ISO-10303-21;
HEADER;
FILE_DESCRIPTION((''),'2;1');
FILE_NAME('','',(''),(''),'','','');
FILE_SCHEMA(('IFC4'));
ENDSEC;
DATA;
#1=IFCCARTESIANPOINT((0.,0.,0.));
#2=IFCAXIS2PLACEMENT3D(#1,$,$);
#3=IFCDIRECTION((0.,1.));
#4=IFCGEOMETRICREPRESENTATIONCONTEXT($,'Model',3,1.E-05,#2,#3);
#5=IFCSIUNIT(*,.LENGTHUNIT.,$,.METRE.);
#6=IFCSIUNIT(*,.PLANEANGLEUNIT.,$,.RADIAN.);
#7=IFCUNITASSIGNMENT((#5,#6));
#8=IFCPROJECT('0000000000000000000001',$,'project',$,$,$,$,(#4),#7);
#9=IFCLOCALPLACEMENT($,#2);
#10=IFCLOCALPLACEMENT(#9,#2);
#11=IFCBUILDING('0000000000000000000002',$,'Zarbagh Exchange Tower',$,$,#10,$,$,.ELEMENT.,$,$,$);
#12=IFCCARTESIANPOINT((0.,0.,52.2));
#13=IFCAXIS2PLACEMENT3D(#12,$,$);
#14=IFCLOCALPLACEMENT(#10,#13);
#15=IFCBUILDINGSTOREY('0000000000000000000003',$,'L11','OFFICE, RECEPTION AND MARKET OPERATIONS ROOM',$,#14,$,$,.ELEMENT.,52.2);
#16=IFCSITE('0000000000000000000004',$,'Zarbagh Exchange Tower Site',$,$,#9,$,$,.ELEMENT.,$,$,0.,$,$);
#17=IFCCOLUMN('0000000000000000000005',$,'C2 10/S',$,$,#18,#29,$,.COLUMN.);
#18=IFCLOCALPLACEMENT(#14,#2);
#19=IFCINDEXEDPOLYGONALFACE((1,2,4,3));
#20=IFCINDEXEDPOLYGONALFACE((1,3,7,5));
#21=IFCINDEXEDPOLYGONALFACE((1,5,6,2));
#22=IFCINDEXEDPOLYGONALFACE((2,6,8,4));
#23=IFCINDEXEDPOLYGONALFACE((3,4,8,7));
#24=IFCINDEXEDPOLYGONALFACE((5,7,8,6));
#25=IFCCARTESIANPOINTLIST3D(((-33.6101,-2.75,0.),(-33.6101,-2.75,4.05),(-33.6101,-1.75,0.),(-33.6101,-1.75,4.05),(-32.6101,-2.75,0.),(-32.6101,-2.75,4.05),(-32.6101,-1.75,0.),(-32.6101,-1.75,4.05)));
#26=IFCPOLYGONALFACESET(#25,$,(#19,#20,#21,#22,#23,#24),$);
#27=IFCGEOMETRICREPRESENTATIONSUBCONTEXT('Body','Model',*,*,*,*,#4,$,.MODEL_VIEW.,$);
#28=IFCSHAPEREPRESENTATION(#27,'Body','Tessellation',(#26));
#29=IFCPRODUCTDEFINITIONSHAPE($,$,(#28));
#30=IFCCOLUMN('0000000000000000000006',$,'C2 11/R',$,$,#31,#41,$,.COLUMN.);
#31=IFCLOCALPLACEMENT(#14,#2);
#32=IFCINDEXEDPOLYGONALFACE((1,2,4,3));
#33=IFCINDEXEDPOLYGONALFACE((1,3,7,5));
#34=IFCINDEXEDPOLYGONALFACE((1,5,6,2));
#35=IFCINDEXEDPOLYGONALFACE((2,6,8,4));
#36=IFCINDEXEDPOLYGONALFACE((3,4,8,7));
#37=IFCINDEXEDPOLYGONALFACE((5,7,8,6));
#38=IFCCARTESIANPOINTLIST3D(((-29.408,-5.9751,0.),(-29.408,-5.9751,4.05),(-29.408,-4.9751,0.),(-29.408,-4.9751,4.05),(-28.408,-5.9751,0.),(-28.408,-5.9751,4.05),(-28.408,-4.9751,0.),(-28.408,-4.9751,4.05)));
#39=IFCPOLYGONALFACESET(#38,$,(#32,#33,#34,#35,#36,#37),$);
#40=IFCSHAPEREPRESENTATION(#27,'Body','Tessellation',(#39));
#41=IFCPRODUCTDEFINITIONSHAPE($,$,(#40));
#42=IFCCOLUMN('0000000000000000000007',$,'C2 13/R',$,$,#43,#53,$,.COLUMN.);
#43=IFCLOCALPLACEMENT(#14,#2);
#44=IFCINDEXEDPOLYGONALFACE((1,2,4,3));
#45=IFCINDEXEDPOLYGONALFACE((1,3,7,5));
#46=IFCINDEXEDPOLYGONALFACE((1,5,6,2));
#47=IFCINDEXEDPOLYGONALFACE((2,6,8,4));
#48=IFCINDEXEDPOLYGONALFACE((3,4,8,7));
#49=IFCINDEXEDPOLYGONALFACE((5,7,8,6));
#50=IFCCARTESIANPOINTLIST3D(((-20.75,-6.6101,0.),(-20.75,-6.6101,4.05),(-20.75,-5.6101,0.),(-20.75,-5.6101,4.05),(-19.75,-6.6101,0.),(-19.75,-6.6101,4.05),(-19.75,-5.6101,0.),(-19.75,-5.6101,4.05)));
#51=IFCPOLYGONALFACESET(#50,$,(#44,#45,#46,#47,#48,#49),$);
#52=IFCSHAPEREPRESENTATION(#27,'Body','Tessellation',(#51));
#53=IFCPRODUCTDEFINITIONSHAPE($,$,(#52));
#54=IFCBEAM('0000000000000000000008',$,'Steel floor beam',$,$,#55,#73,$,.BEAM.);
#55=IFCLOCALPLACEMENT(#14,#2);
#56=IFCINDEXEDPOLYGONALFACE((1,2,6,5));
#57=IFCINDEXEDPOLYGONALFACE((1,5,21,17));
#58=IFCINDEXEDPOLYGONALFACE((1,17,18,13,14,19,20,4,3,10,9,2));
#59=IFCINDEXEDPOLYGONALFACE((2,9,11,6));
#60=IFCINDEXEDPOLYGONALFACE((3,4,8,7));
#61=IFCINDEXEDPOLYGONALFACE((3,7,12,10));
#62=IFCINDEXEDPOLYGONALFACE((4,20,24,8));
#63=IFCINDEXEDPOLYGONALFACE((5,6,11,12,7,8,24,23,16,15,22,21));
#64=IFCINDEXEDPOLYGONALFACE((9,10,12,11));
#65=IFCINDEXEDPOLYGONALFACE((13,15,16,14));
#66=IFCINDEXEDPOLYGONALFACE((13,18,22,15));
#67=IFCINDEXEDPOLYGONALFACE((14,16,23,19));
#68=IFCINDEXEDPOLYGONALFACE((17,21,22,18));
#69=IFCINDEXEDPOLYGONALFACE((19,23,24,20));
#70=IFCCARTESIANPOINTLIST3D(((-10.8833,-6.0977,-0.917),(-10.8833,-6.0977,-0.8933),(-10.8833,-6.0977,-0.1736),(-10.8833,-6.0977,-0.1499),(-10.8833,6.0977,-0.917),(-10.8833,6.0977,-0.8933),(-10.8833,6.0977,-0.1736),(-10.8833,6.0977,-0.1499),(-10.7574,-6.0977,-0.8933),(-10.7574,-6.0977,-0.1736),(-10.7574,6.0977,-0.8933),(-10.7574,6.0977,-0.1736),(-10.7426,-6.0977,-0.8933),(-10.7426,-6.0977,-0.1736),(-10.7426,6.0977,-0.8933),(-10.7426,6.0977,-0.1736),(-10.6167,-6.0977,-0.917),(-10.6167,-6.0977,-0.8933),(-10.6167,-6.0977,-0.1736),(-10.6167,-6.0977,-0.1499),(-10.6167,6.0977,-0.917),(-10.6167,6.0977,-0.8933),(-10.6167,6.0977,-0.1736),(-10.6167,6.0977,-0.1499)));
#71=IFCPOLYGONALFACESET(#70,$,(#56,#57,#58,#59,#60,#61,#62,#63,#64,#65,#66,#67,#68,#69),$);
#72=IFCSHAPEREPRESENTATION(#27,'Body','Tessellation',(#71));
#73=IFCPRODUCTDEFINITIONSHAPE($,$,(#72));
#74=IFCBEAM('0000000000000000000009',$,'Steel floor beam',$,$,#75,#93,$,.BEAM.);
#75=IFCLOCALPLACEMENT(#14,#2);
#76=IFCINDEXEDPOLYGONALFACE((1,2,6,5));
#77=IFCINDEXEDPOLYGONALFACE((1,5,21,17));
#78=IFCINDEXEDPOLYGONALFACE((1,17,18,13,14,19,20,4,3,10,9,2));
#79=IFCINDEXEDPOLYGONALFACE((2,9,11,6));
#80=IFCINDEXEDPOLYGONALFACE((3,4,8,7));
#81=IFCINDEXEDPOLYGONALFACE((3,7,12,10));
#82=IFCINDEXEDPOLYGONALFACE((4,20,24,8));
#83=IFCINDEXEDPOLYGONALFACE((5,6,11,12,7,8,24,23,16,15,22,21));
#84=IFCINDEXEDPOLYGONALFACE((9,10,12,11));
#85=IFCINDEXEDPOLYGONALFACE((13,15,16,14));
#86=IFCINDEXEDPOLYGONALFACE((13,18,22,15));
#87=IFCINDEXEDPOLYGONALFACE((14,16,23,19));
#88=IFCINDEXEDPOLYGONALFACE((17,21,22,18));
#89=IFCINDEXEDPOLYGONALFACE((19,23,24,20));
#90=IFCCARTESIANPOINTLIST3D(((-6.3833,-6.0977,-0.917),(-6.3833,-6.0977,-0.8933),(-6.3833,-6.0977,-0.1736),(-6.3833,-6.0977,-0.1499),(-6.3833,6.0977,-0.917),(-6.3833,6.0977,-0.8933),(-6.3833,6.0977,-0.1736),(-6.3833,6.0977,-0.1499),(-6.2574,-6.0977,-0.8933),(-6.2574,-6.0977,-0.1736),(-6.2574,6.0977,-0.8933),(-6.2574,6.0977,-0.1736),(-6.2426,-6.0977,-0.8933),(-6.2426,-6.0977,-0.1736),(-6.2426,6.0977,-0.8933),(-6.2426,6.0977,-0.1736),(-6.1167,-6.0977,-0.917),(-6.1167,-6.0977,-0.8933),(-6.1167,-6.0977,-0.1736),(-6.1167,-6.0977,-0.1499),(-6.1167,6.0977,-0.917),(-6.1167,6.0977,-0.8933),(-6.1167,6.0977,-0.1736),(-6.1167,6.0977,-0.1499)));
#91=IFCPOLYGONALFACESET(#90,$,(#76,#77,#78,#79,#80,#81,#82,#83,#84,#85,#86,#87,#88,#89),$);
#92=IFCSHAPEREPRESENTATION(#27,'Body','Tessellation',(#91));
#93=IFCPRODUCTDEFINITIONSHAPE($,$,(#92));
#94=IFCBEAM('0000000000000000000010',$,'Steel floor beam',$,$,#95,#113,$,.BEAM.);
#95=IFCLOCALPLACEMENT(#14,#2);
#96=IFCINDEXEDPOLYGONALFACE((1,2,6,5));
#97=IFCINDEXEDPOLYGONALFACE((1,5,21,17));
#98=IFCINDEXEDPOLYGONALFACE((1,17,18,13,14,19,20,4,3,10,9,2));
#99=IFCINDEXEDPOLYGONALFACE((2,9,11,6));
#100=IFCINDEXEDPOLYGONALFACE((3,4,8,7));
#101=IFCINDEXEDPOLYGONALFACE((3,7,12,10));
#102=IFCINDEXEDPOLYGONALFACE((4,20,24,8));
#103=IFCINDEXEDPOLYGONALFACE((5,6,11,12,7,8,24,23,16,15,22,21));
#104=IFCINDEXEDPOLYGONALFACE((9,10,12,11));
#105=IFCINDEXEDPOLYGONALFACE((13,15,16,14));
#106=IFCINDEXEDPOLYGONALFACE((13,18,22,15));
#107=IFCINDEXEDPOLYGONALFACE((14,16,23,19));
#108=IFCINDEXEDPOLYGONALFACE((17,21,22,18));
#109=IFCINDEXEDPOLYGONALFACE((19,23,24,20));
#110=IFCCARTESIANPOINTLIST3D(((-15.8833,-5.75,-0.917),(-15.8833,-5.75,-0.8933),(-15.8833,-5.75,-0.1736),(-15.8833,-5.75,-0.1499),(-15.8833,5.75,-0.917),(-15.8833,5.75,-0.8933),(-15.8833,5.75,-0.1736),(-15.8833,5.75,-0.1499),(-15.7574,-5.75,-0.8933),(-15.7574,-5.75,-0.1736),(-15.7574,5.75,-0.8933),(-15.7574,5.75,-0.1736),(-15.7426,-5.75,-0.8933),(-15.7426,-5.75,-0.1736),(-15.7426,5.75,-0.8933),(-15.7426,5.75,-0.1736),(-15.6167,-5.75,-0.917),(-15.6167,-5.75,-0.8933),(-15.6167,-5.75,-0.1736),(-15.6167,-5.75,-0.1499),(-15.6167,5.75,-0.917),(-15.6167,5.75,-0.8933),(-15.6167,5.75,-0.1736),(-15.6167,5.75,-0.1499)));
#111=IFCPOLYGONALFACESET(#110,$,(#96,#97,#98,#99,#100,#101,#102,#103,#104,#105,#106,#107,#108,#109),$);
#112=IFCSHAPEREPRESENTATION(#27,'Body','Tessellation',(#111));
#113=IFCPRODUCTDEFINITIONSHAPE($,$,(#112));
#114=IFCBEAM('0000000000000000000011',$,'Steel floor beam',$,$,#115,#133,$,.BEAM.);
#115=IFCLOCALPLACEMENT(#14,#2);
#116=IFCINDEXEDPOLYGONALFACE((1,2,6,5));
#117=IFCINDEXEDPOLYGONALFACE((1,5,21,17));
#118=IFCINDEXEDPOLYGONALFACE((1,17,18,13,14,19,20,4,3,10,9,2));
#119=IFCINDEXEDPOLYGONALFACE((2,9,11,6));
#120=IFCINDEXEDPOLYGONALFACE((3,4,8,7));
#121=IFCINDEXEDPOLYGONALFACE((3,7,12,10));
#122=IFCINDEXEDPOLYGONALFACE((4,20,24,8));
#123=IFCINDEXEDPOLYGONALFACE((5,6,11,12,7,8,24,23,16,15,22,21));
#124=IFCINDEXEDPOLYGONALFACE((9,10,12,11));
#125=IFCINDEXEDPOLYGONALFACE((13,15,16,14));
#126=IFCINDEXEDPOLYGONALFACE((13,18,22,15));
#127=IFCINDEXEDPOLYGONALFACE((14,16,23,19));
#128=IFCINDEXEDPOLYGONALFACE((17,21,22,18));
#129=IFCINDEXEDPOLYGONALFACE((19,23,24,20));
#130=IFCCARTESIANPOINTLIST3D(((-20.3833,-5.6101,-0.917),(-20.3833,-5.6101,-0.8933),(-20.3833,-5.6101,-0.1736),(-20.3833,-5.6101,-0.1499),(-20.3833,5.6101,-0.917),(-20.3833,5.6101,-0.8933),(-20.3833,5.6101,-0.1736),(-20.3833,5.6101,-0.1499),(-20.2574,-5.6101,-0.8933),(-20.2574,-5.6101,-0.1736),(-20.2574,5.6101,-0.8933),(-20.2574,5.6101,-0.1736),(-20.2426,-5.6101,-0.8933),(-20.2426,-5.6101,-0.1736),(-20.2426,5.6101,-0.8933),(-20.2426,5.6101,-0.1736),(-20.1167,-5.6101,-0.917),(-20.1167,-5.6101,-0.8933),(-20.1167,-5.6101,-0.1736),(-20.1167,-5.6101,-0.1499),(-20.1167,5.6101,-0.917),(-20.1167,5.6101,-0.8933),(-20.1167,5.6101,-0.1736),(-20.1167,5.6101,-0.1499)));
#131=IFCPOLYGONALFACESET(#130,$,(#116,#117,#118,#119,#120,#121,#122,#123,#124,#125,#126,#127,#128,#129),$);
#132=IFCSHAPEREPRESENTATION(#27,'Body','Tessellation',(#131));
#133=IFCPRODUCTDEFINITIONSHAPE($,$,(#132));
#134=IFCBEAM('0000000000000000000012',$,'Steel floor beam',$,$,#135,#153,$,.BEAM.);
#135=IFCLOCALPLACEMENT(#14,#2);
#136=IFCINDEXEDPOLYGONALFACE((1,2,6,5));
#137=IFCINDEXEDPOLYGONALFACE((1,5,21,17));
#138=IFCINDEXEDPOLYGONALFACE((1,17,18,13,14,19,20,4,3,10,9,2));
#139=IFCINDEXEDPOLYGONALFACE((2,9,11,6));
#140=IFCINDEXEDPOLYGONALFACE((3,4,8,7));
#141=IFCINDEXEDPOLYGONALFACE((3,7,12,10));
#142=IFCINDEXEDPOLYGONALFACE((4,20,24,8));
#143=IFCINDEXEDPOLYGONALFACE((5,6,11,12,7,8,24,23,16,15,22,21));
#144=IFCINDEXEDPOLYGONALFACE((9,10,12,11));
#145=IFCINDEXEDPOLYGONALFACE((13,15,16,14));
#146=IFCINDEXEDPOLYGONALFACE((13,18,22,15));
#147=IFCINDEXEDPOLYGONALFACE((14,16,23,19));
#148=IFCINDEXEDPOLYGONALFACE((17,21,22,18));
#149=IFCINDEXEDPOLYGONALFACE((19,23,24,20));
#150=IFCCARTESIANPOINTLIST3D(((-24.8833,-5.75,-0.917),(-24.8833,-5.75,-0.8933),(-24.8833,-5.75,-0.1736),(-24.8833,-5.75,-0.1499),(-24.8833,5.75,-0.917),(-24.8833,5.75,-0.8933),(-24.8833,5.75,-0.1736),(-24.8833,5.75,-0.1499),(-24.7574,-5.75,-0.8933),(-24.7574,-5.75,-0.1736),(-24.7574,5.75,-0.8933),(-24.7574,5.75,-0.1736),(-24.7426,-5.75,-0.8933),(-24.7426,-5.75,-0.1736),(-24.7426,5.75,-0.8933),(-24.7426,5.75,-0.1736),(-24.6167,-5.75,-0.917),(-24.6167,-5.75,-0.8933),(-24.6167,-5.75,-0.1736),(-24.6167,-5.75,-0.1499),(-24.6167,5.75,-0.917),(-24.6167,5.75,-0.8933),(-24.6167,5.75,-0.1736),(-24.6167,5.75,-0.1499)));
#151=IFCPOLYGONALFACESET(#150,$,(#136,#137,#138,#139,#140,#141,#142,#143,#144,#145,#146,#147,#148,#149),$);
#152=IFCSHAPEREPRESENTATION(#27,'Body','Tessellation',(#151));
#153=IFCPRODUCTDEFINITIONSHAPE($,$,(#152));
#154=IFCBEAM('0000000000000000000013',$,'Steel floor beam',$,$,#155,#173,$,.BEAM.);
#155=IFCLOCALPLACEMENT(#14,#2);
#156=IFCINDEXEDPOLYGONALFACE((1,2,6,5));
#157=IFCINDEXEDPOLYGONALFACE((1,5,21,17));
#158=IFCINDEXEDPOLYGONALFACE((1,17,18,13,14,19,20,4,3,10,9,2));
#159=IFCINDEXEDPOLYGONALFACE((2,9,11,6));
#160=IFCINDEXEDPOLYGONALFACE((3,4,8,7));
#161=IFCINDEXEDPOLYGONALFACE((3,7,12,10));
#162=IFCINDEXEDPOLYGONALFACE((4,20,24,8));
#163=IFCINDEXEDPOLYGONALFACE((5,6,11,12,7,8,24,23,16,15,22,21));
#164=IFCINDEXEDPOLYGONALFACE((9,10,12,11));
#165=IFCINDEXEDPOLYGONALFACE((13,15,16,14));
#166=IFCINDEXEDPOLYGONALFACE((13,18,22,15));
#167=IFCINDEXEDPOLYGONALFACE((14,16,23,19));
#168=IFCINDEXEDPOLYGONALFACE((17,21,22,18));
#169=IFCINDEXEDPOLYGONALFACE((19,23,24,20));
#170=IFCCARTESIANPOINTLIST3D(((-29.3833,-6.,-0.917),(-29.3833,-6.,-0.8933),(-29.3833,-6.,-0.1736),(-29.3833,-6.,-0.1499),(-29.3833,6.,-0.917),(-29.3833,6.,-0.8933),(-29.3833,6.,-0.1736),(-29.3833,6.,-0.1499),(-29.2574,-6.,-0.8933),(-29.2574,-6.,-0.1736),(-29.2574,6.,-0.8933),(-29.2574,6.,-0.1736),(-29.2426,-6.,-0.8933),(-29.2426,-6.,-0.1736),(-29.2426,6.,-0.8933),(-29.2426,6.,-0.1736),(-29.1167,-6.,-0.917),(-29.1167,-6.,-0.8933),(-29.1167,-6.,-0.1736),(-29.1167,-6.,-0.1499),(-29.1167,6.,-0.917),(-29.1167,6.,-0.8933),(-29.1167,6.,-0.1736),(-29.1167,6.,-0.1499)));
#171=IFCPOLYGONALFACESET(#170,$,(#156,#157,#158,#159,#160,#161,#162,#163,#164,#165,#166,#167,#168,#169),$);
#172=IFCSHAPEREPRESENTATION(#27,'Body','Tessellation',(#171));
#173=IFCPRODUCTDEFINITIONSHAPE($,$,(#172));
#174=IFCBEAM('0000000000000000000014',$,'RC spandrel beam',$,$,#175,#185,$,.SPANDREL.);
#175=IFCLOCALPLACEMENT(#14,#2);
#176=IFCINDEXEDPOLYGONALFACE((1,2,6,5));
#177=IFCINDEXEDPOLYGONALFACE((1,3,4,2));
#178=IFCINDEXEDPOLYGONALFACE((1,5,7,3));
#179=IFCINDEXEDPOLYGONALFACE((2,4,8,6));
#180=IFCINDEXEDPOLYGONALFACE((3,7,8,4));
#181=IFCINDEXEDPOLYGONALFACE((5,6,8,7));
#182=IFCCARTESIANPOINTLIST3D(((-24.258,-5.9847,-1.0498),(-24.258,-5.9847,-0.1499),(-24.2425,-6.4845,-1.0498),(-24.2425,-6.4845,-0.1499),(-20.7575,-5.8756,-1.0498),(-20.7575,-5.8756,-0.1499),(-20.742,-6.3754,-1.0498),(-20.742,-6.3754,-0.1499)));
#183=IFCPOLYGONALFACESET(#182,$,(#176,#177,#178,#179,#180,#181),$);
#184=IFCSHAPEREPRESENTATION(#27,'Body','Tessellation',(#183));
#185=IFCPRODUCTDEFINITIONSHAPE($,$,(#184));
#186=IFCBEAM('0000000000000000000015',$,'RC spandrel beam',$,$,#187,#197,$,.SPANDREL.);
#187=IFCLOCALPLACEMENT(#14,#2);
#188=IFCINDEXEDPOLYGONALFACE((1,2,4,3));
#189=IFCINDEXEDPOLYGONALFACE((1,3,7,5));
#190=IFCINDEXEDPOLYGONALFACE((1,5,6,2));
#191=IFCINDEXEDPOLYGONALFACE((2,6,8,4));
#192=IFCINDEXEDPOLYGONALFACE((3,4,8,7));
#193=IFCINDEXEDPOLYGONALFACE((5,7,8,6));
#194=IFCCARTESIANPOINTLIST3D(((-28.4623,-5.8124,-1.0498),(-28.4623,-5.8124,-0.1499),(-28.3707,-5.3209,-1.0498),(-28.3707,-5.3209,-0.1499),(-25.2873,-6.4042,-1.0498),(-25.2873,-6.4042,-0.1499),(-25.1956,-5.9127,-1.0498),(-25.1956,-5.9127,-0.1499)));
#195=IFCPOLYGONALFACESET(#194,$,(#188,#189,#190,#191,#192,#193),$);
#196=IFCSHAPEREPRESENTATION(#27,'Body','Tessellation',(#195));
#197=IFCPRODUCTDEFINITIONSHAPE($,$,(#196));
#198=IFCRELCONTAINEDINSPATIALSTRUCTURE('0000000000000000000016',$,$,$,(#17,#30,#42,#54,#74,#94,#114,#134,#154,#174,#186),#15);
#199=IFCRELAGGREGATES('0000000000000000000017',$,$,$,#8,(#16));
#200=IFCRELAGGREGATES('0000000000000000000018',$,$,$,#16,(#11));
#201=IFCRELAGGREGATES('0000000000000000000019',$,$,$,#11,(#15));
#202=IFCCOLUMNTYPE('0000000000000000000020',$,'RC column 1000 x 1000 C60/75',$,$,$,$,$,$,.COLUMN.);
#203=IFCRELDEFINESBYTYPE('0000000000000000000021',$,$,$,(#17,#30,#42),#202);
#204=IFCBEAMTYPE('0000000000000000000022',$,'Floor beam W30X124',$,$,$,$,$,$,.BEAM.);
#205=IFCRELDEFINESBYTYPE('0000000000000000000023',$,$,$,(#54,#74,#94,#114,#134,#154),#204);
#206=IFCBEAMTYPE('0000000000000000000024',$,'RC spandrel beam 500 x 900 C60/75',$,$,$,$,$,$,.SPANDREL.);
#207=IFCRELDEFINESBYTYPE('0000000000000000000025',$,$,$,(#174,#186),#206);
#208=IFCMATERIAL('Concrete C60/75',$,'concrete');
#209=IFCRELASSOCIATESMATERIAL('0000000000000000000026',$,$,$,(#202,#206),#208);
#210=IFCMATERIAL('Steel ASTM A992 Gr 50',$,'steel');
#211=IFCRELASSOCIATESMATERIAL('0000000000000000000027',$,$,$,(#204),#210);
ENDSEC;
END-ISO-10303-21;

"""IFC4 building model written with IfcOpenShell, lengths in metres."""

from ifc_helpers import new_model, si_unit, direction, frame, origin, origin_2d, place, context, subcontext, project, spatial, rectangle, i_section, extrude, material, material_profile, profile_set, type_object, element, save


model = new_model("IFC4")

# Units and contexts
model_context = context("Model", 3, precision=1e-05, world=origin(), true_north=direction((0.0, 1.0)))
body_context = subcontext(model_context, "Body", "Model", "MODEL_VIEW")
ifc_project = project(units=[si_unit("LENGTHUNIT", "METRE"), si_unit("PLANEANGLEUNIT", "RADIAN")], contexts=[model_context])

# Site, building, storey
site_placement = place(None, origin())
site = spatial("IfcSite", under=ifc_project, at=site_placement, Name="Zarbagh Exchange Tower Site", CompositionType="ELEMENT", RefElevation=0.0)
building_placement = place(site_placement, origin())
building = spatial("IfcBuilding", under=site, at=building_placement, Name="Zarbagh Exchange Tower", CompositionType="ELEMENT")
storey_placement = place(building_placement, frame((0.0, 0.0, 52.2)))
storey = spatial("IfcBuildingStorey", under=building, at=storey_placement, Name="L11", Description="OFFICE, RECEPTION AND MARKET OPERATIONS ROOM", CompositionType="ELEMENT", Elevation=52.2)

# Columns
ifc_material_1 = material(Name="Concrete C60/75", Category="concrete")
ifc_material_profile_1 = material_profile(ifc_material_1, rectangle(XDim=1.0, YDim=1.0, at=origin_2d()), Name="RC column 1000 x 1000 C60/75")
ifc_profile_set_1 = profile_set([ifc_material_profile_1], Name="Concrete C60/75")
column_type = type_object("IfcColumnType", Name="RC column 1000 x 1000 C60/75", PredefinedType="COLUMN", material=ifc_profile_set_1)
for number, where, z_axis, x_axis, name in (
    (1, (-33.1101, -2.25, 0.0), (0.0, 0.0, 1.0), (1.0, 0.0, 0.0), "C2 10/S"),
    (2, (-28.908, -5.4751, 0.0), (0.0, 0.0, 1.0), (1.0, 0.0, 0.0), "C2 11/R"),
    (3, (-20.25, -6.1101, 0.0), (0.0, 0.0, 1.0), (1.0, 0.0, 0.0), "C2 13/R"),
):
    element("IfcColumn", number, at=place(storey_placement, frame(where, z_axis=z_axis, x_axis=x_axis)), inside=storey, type_object=column_type, Name=name, PredefinedType="COLUMN", context=body_context, shape_type="SweptSolid", body=[
        extrude(rectangle(XDim=1.0, YDim=1.0, at=origin_2d()), origin(), (0.0, 0.0, 1.0), 4.05),
    ])

# Beams
ifc_material_2 = material(Name="Steel ASTM A992 Gr 50", Category="steel")
ifc_material_profile_2 = material_profile(ifc_material_2, i_section(OverallWidth=0.2666, OverallDepth=0.7671, WebThickness=0.0149, FlangeThickness=0.0237, at=origin_2d()), Name="W30X124")
ifc_profile_set_2 = profile_set([ifc_material_profile_2], Name="Steel ASTM A992 Gr 50")
beam_type_1 = type_object("IfcBeamType", Name="Floor beam W30X124", PredefinedType="BEAM", material=ifc_profile_set_2)
for number, where, z_axis, x_axis, name in (
    (4, (-10.75, -6.0977, -0.5334), (0.0, 1.0, 0.0), (-1.0, 0.0, 0.0), "Steel floor beam"),
    (5, (-6.25, -6.0977, -0.5334), (0.0, 1.0, 0.0), (-1.0, 0.0, 0.0), "Steel floor beam"),
):
    element("IfcBeam", number, at=place(storey_placement, frame(where, z_axis=z_axis, x_axis=x_axis)), inside=storey, type_object=beam_type_1, Name=name, PredefinedType="BEAM", context=body_context, shape_type="SweptSolid", body=[
        extrude(i_section(OverallWidth=0.2666, OverallDepth=0.7671, WebThickness=0.0149, FlangeThickness=0.0237, at=origin_2d()), origin(), (0.0, 0.0, 1.0), 12.1953),
    ])
beam_1_placement = place(storey_placement, frame((-15.75, -5.75, -0.5334), z_axis=(0.0, 1.0, 0.0), x_axis=(-1.0, 0.0, 0.0)))
element("IfcBeam", 6, at=beam_1_placement, inside=storey, type_object=beam_type_1, Name="Steel floor beam", PredefinedType="BEAM", context=body_context, shape_type="SweptSolid", body=[
    extrude(i_section(OverallWidth=0.2666, OverallDepth=0.7671, WebThickness=0.0149, FlangeThickness=0.0237, at=origin_2d()), origin(), (0.0, 0.0, 1.0), 11.5),
])
beam_2_placement = place(storey_placement, frame((-20.25, -5.6101, -0.5334), z_axis=(0.0, 1.0, 0.0), x_axis=(-1.0, 0.0, 0.0)))
element("IfcBeam", 7, at=beam_2_placement, inside=storey, type_object=beam_type_1, Name="Steel floor beam", PredefinedType="BEAM", context=body_context, shape_type="SweptSolid", body=[
    extrude(i_section(OverallWidth=0.2666, OverallDepth=0.7671, WebThickness=0.0149, FlangeThickness=0.0237, at=origin_2d()), origin(), (0.0, 0.0, 1.0), 11.2202),
])
beam_3_placement = place(storey_placement, frame((-24.75, -5.75, -0.5334), z_axis=(0.0, 1.0, 0.0), x_axis=(-1.0, 0.0, 0.0)))
element("IfcBeam", 8, at=beam_3_placement, inside=storey, type_object=beam_type_1, Name="Steel floor beam", PredefinedType="BEAM", context=body_context, shape_type="SweptSolid", body=[
    extrude(i_section(OverallWidth=0.2666, OverallDepth=0.7671, WebThickness=0.0149, FlangeThickness=0.0237, at=origin_2d()), origin(), (0.0, 0.0, 1.0), 11.5),
])
beam_4_placement = place(storey_placement, frame((-29.25, -6.0, -0.5334), z_axis=(0.0, 1.0, 0.0), x_axis=(-1.0, 0.0, 0.0)))
element("IfcBeam", 9, at=beam_4_placement, inside=storey, type_object=beam_type_1, Name="Steel floor beam", PredefinedType="BEAM", context=body_context, shape_type="SweptSolid", body=[
    extrude(i_section(OverallWidth=0.2666, OverallDepth=0.7671, WebThickness=0.0149, FlangeThickness=0.0237, at=origin_2d()), origin(), (0.0, 0.0, 1.0), 12.0),
])
ifc_material_profile_3 = material_profile(ifc_material_1, rectangle(XDim=0.5, YDim=0.8999, at=origin_2d()), Name="RC spandrel beam 500 x 900 C60/75")
ifc_profile_set_3 = profile_set([ifc_material_profile_3], Name="Concrete C60/75")
beam_type_2 = type_object("IfcBeamType", Name="RC spandrel beam 500 x 900 C60/75", PredefinedType="SPANDREL", material=ifc_profile_set_3)
beam_5_placement = place(storey_placement, frame((-20.7498, -6.1255, -0.5999), z_axis=(-0.999514, -0.031161, 0.0), x_axis=(0.031161, -0.999514, 0.0)))
element("IfcBeam", 10, at=beam_5_placement, inside=storey, type_object=beam_type_2, Name="RC spandrel beam", PredefinedType="SPANDREL", context=body_context, shape_type="SweptSolid", body=[
    extrude(rectangle(XDim=0.5, YDim=0.8999, at=origin_2d()), origin(), (0.0, 0.0, 1.0), 3.5022),
])
beam_6_placement = place(storey_placement, frame((-25.2415, -6.1584, -0.5999), z_axis=(-0.983069, 0.183234, 0.0), x_axis=(-0.183234, -0.983069, 0.0)))
element("IfcBeam", 11, at=beam_6_placement, inside=storey, type_object=beam_type_2, Name="RC spandrel beam", PredefinedType="SPANDREL", context=body_context, shape_type="SweptSolid", body=[
    extrude(rectangle(XDim=0.5, YDim=0.8999, at=origin_2d()), origin(), (0.0, 0.0, 1.0), 3.2297),
])

save(model, "model.ifc")
